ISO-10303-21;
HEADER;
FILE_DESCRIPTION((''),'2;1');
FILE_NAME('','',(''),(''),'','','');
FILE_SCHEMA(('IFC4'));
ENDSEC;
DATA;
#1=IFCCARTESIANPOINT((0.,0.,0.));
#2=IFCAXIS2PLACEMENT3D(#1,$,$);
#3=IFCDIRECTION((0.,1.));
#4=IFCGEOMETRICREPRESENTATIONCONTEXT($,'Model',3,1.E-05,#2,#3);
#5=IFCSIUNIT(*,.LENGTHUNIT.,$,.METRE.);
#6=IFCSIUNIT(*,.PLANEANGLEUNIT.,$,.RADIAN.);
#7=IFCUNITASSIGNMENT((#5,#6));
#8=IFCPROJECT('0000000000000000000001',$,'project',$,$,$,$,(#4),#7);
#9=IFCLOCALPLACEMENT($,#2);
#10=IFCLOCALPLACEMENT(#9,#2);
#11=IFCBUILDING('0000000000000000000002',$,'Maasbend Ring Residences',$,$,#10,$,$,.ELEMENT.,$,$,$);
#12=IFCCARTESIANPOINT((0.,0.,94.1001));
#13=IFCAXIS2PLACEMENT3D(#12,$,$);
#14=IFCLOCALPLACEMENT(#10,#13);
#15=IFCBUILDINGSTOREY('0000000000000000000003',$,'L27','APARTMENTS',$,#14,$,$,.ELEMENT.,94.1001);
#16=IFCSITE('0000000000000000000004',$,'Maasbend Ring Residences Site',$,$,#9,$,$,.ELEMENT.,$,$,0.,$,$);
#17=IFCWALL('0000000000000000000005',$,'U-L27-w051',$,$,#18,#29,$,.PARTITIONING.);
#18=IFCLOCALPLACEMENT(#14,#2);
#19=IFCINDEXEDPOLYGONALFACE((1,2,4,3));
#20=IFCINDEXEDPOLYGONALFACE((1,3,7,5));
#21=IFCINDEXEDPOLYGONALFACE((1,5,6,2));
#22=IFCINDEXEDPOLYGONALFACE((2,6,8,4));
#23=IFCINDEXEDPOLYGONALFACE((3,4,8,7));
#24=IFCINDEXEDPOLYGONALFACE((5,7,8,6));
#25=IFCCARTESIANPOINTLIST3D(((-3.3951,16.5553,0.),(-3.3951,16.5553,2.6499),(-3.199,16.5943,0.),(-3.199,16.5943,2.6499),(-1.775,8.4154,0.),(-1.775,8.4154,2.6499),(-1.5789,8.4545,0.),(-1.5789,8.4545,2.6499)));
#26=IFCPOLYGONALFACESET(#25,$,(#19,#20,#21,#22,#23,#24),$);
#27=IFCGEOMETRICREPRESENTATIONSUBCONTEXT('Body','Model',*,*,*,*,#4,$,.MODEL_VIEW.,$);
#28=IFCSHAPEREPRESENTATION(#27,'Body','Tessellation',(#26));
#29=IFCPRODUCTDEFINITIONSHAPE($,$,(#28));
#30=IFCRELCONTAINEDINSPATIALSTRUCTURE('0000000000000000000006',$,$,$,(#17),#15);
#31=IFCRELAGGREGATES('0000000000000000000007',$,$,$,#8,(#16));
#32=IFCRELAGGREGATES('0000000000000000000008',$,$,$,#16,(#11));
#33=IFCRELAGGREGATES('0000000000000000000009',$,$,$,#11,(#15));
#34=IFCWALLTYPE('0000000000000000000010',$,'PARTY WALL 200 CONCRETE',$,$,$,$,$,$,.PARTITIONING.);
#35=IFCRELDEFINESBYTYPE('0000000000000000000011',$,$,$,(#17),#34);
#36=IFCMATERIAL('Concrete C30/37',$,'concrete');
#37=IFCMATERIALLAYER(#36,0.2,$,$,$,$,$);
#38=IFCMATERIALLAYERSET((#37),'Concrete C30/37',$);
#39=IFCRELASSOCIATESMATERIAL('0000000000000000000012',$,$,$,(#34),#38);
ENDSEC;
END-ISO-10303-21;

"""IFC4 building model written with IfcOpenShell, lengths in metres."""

from ifc_helpers import new_model, si_unit, direction, frame, frame_2d, origin, place, context, subcontext, project, spatial, rectangle, extrude, material, layer, layer_set, type_object, element, save


model = new_model("IFC4")

# Units and contexts
model_context = context("Model", 3, precision=1e-05, world=origin(), true_north=direction((0.0, 1.0)))
body_context = subcontext(model_context, "Body", "Model", "MODEL_VIEW")
ifc_project = project(units=[si_unit("LENGTHUNIT", "METRE"), si_unit("PLANEANGLEUNIT", "RADIAN")], contexts=[model_context])

# Site, building, storey
site_placement = place(None, origin())
site = spatial("IfcSite", under=ifc_project, at=site_placement, Name="Maasbend Ring Residences Site", CompositionType="ELEMENT", RefElevation=0.0)
building_placement = place(site_placement, origin())
building = spatial("IfcBuilding", under=site, at=building_placement, Name="Maasbend Ring Residences", CompositionType="ELEMENT")
storey_placement = place(building_placement, frame((0.0, 0.0, 94.1001)))
storey = spatial("IfcBuildingStorey", under=building, at=storey_placement, Name="L27", Description="APARTMENTS", CompositionType="ELEMENT", Elevation=94.1001)

# Wall
ifc_material_1 = material(Name="Concrete C30/37", Category="concrete")
ifc_layer_1 = layer(ifc_material_1, 0.2)
ifc_layer_set_1 = layer_set([ifc_layer_1], Name="Concrete C30/37")
wall_type_1 = type_object("IfcWallType", Name="PARTY WALL 200 CONCRETE", PredefinedType="PARTITIONING", material=ifc_layer_set_1)
wall_1_placement = place(storey_placement, frame((-3.2971, 16.575, 0.0), z_axis=(0.0, 0.0, 1.0), x_axis=(0.195205, -0.980762, 0.0)))
element("IfcWall", 1, at=wall_1_placement, inside=storey, type_object=wall_type_1, Name="U-L27-w051", PredefinedType="PARTITIONING", context=body_context, shape_type="SweptSolid", body=[
    extrude(rectangle(XDim=8.2996, YDim=0.2, at=frame_2d((4.1499, 0.0))), origin(), (0.0, 0.0, 1.0), 2.6499),
])

save(model, "model.ifc")
